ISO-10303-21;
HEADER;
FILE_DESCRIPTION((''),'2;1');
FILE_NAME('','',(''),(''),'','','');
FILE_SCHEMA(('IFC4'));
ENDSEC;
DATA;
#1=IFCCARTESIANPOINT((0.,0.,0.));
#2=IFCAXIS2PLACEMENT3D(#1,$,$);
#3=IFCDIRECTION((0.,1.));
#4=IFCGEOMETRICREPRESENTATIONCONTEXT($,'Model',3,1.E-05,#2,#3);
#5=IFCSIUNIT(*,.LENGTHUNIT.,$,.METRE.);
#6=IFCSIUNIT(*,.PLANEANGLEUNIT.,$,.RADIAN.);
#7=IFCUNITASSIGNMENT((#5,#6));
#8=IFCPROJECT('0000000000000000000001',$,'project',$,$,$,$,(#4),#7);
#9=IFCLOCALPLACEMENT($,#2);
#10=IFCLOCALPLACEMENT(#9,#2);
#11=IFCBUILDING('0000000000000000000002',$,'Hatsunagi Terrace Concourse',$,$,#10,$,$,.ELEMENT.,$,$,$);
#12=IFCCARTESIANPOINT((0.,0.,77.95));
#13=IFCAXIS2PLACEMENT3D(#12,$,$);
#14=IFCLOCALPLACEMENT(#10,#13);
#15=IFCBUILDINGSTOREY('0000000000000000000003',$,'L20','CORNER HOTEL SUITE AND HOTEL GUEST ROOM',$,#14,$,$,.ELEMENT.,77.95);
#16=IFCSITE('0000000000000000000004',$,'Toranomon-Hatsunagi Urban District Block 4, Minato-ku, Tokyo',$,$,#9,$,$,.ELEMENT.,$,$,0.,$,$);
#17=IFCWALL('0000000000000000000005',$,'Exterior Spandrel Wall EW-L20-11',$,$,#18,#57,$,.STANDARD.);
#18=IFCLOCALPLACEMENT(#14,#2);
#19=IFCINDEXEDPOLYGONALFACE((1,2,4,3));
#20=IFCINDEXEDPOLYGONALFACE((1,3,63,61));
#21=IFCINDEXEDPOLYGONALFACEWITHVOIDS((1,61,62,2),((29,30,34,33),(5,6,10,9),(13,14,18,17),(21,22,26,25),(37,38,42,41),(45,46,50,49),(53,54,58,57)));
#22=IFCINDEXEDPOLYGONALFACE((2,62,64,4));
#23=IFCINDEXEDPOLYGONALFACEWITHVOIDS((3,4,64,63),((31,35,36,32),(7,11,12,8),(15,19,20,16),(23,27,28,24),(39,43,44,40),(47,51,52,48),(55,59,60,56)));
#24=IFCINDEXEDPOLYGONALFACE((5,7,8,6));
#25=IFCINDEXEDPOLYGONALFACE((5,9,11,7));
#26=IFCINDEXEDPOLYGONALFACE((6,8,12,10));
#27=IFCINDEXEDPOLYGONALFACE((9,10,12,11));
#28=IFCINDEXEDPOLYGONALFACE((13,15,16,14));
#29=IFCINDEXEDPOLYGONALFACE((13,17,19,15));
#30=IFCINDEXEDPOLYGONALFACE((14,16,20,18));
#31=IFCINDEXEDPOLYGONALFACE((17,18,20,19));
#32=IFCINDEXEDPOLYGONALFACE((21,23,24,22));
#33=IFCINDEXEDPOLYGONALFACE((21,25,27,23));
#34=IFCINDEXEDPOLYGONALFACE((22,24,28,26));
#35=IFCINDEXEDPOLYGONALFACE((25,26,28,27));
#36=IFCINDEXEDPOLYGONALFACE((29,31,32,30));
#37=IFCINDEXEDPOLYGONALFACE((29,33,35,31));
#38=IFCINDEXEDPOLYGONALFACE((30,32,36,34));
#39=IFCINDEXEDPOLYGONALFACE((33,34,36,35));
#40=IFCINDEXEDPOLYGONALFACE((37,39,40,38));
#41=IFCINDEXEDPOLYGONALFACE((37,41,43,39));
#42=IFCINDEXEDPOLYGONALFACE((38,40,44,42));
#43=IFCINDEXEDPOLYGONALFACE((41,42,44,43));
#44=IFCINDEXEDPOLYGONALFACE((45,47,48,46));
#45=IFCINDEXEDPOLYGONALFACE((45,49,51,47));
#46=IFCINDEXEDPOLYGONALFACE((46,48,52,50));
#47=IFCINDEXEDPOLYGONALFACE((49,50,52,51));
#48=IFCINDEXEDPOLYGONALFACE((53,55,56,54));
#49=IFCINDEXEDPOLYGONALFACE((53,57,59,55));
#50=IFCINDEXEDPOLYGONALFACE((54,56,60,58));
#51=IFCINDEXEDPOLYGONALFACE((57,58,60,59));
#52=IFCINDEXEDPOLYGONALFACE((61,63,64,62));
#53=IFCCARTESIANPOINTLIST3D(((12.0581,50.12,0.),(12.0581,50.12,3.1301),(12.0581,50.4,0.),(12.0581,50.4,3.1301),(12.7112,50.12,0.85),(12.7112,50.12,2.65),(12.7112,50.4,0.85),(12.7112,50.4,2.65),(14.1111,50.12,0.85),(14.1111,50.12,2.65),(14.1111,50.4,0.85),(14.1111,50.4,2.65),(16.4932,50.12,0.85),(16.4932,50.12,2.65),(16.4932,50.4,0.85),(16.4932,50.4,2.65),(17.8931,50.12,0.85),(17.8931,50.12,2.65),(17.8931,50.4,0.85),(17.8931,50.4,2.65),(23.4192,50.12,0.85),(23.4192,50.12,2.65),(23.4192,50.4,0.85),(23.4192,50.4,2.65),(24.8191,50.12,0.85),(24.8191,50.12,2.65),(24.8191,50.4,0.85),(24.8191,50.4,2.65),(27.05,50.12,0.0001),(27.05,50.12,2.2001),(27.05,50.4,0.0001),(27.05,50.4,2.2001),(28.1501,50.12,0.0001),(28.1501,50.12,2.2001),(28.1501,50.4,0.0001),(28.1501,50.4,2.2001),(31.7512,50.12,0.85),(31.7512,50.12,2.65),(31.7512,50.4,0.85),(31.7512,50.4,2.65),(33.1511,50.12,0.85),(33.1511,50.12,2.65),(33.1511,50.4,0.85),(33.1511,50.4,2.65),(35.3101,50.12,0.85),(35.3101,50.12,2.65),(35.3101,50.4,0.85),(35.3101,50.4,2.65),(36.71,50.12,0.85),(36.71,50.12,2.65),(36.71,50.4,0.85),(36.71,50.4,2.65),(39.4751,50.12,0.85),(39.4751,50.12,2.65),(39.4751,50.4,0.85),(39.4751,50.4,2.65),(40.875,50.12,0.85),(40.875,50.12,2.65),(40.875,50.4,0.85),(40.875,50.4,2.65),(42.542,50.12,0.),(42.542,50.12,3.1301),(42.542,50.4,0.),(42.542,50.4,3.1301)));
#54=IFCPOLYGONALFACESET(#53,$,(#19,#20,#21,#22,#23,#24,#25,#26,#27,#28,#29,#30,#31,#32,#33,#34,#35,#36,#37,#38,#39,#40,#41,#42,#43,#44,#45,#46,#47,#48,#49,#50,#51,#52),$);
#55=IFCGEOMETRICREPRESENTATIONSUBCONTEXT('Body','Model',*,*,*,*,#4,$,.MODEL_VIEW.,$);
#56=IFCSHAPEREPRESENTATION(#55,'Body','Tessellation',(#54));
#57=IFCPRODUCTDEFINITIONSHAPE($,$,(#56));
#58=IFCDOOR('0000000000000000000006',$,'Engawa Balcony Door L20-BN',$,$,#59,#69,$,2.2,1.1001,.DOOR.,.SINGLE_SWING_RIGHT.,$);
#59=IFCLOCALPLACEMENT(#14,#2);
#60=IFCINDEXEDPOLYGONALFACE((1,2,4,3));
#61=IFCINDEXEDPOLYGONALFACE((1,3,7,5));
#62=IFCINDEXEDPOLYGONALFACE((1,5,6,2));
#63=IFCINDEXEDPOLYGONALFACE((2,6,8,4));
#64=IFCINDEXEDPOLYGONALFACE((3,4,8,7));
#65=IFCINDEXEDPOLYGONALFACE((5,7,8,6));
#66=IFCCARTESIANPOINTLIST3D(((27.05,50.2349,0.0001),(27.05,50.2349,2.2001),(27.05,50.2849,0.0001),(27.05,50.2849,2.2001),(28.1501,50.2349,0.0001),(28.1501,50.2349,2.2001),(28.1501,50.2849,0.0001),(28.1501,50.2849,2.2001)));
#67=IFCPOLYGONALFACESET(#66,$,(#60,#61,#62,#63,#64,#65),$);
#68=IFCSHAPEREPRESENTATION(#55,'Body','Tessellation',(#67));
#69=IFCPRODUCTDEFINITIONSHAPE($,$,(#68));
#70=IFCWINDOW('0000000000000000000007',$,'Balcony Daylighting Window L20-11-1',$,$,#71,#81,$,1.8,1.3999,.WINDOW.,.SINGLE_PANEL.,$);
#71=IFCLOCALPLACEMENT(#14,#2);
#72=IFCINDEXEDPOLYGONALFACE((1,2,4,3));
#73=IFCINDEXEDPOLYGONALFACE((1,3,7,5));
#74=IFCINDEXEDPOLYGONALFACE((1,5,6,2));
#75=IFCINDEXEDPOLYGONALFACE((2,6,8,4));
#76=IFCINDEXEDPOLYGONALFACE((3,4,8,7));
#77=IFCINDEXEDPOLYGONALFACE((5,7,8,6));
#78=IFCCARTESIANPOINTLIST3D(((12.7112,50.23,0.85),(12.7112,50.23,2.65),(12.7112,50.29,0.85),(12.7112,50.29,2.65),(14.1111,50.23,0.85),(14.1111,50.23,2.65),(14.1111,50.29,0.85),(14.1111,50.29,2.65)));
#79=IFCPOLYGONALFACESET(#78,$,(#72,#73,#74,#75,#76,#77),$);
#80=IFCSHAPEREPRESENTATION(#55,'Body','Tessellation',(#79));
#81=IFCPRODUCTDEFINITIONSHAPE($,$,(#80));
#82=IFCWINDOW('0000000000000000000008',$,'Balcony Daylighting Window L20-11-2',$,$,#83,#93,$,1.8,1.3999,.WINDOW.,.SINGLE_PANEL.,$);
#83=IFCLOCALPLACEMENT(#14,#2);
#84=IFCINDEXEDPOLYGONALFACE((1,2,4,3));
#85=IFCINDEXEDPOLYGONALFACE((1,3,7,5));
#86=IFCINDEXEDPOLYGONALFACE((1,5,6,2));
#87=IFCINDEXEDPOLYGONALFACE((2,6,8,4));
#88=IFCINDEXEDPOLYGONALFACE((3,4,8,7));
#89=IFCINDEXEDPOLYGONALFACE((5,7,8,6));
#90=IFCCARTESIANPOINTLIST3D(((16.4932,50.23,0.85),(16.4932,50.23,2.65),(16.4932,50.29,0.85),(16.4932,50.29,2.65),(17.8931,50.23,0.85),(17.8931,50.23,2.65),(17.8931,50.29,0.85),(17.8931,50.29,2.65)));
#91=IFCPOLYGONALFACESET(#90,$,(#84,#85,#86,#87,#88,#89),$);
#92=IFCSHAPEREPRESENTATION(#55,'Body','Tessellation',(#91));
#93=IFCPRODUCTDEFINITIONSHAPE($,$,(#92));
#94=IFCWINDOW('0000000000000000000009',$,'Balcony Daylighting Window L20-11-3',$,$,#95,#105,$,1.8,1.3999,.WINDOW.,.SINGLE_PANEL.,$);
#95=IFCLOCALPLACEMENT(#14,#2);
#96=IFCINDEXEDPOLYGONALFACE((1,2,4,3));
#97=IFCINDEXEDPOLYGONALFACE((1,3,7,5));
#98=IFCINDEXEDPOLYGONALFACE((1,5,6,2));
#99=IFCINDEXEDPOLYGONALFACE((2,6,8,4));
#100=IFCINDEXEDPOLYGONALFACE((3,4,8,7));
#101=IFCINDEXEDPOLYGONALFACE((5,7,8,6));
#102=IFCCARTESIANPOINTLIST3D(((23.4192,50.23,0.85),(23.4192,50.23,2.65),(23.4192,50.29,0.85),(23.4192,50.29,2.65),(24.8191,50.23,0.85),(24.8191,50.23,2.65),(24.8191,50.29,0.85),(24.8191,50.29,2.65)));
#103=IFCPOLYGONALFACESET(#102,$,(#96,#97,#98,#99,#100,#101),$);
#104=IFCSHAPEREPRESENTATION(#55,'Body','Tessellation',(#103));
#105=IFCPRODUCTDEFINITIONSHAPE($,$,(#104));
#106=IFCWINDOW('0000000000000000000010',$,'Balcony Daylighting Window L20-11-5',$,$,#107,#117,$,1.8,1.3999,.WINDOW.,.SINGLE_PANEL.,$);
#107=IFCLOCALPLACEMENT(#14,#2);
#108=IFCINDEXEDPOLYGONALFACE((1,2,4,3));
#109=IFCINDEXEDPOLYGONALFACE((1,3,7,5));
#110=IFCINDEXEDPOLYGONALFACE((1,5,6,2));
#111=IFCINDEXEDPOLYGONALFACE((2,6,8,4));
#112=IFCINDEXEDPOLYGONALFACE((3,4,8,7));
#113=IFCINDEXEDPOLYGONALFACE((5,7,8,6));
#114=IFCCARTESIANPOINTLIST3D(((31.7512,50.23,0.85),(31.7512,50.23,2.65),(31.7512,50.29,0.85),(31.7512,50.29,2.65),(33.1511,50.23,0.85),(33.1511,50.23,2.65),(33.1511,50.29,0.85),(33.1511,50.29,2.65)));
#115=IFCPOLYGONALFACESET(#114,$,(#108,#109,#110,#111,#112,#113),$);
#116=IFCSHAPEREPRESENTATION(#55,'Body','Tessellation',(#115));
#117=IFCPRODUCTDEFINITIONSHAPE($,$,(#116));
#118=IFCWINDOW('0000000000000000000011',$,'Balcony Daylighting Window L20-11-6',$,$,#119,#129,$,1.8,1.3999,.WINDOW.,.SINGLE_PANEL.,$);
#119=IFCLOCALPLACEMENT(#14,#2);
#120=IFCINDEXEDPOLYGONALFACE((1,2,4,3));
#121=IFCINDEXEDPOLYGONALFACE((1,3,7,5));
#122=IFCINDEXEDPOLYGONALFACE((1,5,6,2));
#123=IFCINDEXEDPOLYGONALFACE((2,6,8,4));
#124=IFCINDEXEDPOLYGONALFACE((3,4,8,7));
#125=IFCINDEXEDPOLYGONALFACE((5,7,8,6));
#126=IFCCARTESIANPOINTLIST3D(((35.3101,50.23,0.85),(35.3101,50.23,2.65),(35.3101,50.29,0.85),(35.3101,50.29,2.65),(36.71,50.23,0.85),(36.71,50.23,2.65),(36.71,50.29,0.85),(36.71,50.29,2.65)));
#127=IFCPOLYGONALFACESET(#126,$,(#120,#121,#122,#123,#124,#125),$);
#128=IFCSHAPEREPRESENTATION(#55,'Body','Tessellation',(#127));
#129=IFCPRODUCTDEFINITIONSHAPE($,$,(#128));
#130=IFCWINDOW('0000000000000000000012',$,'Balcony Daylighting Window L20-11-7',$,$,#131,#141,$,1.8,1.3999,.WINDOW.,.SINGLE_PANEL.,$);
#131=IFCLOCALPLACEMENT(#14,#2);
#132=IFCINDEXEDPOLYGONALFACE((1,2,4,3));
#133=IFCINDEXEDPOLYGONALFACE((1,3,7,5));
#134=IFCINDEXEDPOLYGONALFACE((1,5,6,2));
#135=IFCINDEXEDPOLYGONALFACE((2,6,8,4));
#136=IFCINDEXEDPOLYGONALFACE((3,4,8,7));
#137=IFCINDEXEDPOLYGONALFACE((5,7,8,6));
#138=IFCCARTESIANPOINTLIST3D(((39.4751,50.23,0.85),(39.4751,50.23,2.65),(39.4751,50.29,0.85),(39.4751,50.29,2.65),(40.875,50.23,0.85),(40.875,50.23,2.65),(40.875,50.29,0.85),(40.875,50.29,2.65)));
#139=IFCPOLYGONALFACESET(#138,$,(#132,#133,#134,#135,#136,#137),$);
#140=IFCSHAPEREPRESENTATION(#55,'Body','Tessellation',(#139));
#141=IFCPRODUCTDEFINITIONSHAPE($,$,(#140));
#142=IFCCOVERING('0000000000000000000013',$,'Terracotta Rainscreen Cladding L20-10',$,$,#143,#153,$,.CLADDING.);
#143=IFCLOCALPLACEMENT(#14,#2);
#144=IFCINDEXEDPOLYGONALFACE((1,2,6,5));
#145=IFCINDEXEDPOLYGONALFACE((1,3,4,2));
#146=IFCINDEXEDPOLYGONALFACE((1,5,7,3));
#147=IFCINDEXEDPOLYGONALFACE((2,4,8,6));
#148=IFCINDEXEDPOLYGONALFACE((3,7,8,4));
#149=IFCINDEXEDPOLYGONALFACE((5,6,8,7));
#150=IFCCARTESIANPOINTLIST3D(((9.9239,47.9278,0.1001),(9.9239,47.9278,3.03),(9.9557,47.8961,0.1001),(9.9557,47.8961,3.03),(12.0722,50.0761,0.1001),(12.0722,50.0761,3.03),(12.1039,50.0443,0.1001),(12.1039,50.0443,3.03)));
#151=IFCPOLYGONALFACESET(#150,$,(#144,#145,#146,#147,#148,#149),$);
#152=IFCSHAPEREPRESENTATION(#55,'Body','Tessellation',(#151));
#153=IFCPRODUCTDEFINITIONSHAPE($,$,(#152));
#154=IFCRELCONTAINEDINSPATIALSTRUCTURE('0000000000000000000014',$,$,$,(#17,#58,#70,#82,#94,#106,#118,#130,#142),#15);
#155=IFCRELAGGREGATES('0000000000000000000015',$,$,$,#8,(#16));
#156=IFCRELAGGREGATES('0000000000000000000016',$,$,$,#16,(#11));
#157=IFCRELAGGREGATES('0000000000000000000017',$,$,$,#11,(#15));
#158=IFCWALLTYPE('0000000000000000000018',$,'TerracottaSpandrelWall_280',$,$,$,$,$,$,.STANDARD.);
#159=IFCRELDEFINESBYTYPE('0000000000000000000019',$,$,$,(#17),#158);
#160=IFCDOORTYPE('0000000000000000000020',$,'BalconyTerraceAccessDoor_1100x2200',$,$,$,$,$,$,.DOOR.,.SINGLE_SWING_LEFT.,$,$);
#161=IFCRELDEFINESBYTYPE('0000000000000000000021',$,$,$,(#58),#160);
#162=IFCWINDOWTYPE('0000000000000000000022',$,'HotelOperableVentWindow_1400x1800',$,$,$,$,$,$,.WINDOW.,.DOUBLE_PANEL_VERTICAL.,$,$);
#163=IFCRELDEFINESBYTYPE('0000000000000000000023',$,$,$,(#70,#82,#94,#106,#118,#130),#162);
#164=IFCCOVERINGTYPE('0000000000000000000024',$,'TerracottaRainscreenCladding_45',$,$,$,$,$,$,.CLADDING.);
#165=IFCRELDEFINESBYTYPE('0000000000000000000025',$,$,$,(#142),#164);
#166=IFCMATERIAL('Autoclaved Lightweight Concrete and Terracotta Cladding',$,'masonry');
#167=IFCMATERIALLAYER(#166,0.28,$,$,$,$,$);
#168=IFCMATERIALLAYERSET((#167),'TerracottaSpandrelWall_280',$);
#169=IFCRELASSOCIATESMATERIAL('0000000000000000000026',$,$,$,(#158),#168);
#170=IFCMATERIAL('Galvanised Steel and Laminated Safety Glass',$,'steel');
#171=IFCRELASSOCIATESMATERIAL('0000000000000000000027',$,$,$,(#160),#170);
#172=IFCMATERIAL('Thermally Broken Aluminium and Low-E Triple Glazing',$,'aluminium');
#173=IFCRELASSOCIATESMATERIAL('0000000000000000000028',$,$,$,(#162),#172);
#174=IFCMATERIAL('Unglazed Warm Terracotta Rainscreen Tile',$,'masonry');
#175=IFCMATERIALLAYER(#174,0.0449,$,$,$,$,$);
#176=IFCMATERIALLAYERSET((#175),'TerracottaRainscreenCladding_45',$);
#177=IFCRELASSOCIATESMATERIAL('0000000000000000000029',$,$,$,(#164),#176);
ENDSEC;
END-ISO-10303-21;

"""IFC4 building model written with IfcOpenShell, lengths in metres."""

from ifc_helpers import new_model, si_unit, direction, frame, frame_2d, origin, origin_2d, place, context, subcontext, project, spatial, rectangle, extrude, material, layer, layer_set, type_object, element, fill, save


model = new_model("IFC4")

# Units and contexts
model_context = context("Model", 3, precision=1e-05, world=origin(), true_north=direction((0.0, 1.0)))
body_context = subcontext(model_context, "Body", "Model", "MODEL_VIEW")
ifc_project = project(units=[si_unit("LENGTHUNIT", "METRE"), si_unit("PLANEANGLEUNIT", "RADIAN")], contexts=[model_context])

# Site, building, storey
site_placement = place(None, origin())
site = spatial("IfcSite", under=ifc_project, at=site_placement, Name="Toranomon-Hatsunagi Urban District Block 4, Minato-ku, Tokyo", CompositionType="ELEMENT", RefElevation=0.0)
building_placement = place(site_placement, origin())
building = spatial("IfcBuilding", under=site, at=building_placement, Name="Hatsunagi Terrace Concourse", CompositionType="ELEMENT")
storey_placement = place(building_placement, frame((0.0, 0.0, 77.95)))
storey = spatial("IfcBuildingStorey", under=building, at=storey_placement, Name="L20", Description="CORNER HOTEL SUITE AND HOTEL GUEST ROOM", CompositionType="ELEMENT", Elevation=77.95)

# Shared definitions
ifc_material_1 = material(Name="Autoclaved Lightweight Concrete and Terracotta Cladding", Category="masonry")
ifc_layer_1 = layer(ifc_material_1, 0.28)
ifc_layer_set_1 = layer_set([ifc_layer_1], Name="TerracottaSpandrelWall_280")
wall_type_1 = type_object("IfcWallType", Name="TerracottaSpandrelWall_280", PredefinedType="STANDARD", material=ifc_layer_set_1)

# Wall, openings, door, windows
wall_1_placement = place(storey_placement, frame((12.0581, 50.26, 0.0), z_axis=(0.0, 0.0, 1.0), x_axis=(1.0, 0.0, 0.0)))
wall_1 = element("IfcWall", 1, at=wall_1_placement, inside=storey, type_object=wall_type_1, Name="Exterior Spandrel Wall EW-L20-11", PredefinedType="STANDARD", context=body_context, shape_type="SweptSolid", body=[
    extrude(rectangle(XDim=30.4839, YDim=0.28, at=frame_2d((15.2419, 0.0))), origin(), (0.0, 0.0, 1.0), 3.1301),
])
opening_1_placement = place(wall_1_placement, frame((14.9919, 0.0, 0.0)))
opening_1 = element("IfcOpeningElement", 2, at=opening_1_placement, cuts=wall_1, PredefinedType="OPENING", context=body_context, shape_type="SweptSolid", body=[
    extrude(rectangle(XDim=1.1001, YDim=2.2, at=frame_2d((0.55, 1.1001))), frame((0.0, 0.1499, 0.0), z_axis=(0.0, -1.0, 0.0), x_axis=(1.0, 0.0, 0.0)), (0.0, 0.0, 1.0), 0.3),
])
opening_2_placement = place(wall_1_placement, frame((0.6531, 0.0, 0.8501)))
opening_2 = element("IfcOpeningElement", 3, at=opening_2_placement, cuts=wall_1, PredefinedType="OPENING", context=body_context, shape_type="SweptSolid", body=[
    extrude(rectangle(XDim=1.3999, YDim=1.8, at=frame_2d((0.7, 0.8999))), frame((0.0, 0.1499, 0.0), z_axis=(0.0, -1.0, 0.0), x_axis=(1.0, 0.0, 0.0)), (0.0, 0.0, 1.0), 0.3),
])
opening_3_placement = place(wall_1_placement, frame((4.4351, 0.0, 0.8501)))
opening_3 = element("IfcOpeningElement", 4, at=opening_3_placement, cuts=wall_1, PredefinedType="OPENING", context=body_context, shape_type="SweptSolid", body=[
    extrude(rectangle(XDim=1.3999, YDim=1.8, at=frame_2d((0.7, 0.8999))), frame((0.0, 0.1499, 0.0), z_axis=(0.0, -1.0, 0.0), x_axis=(1.0, 0.0, 0.0)), (0.0, 0.0, 1.0), 0.3),
])
opening_4_placement = place(wall_1_placement, frame((11.3611, 0.0, 0.8501)))
opening_4 = element("IfcOpeningElement", 5, at=opening_4_placement, cuts=wall_1, PredefinedType="OPENING", context=body_context, shape_type="SweptSolid", body=[
    extrude(rectangle(XDim=1.3999, YDim=1.8, at=frame_2d((0.7, 0.8999))), frame((0.0, 0.1499, 0.0), z_axis=(0.0, -1.0, 0.0), x_axis=(1.0, 0.0, 0.0)), (0.0, 0.0, 1.0), 0.3),
])
opening_5_placement = place(wall_1_placement, frame((19.6931, 0.0, 0.8501)))
opening_5 = element("IfcOpeningElement", 6, at=opening_5_placement, cuts=wall_1, PredefinedType="OPENING", context=body_context, shape_type="SweptSolid", body=[
    extrude(rectangle(XDim=1.3999, YDim=1.8, at=frame_2d((0.7, 0.8999))), frame((0.0, 0.1499, 0.0), z_axis=(0.0, -1.0, 0.0), x_axis=(1.0, 0.0, 0.0)), (0.0, 0.0, 1.0), 0.3),
])
opening_6_placement = place(wall_1_placement, frame((23.252, 0.0, 0.8501)))
opening_6 = element("IfcOpeningElement", 7, at=opening_6_placement, cuts=wall_1, PredefinedType="OPENING", context=body_context, shape_type="SweptSolid", body=[
    extrude(rectangle(XDim=1.3999, YDim=1.8, at=frame_2d((0.7, 0.8999))), frame((0.0, 0.1499, 0.0), z_axis=(0.0, -1.0, 0.0), x_axis=(1.0, 0.0, 0.0)), (0.0, 0.0, 1.0), 0.3),
])
opening_7_placement = place(wall_1_placement, frame((27.417, 0.0, 0.8501)))
opening_7 = element("IfcOpeningElement", 8, at=opening_7_placement, cuts=wall_1, PredefinedType="OPENING", context=body_context, shape_type="SweptSolid", body=[
    extrude(rectangle(XDim=1.3999, YDim=1.8, at=frame_2d((0.7, 0.8999))), frame((0.0, 0.1499, 0.0), z_axis=(0.0, -1.0, 0.0), x_axis=(1.0, 0.0, 0.0)), (0.0, 0.0, 1.0), 0.3),
])
ifc_material_2 = material(Name="Galvanised Steel and Laminated Safety Glass", Category="steel")
door_type = type_object("IfcDoorType", Name="BalconyTerraceAccessDoor_1100x2200", OperationType="SINGLE_SWING_LEFT", PredefinedType="DOOR", material=ifc_material_2)
door_placement = place(opening_1_placement, origin())
door = element("IfcDoor", 9, at=door_placement, inside=storey, type_object=door_type, Name="Engawa Balcony Door L20-BN", OperationType="SINGLE_SWING_RIGHT", OverallHeight=2.2, OverallWidth=1.1001, PredefinedType="DOOR", context=body_context, shape_type="SweptSolid", body=[
    extrude(rectangle(XDim=1.1001, YDim=2.2, at=frame_2d((0.55, 1.1001))), frame((0.0, 0.0249, 0.0), z_axis=(0.0, -1.0, 0.0), x_axis=(1.0, 0.0, 0.0)), (0.0, 0.0, 1.0), 0.05),
])
fill(opening_1, door)
ifc_material_3 = material(Name="Thermally Broken Aluminium and Low-E Triple Glazing", Category="aluminium")
window_type = type_object("IfcWindowType", Name="HotelOperableVentWindow_1400x1800", PartitioningType="DOUBLE_PANEL_VERTICAL", PredefinedType="WINDOW", material=ifc_material_3)
window_1_placement = place(opening_2_placement, origin())
window_1 = element("IfcWindow", 10, at=window_1_placement, inside=storey, type_object=window_type, Name="Balcony Daylighting Window L20-11-1", OverallHeight=1.8, OverallWidth=1.3999, PartitioningType="SINGLE_PANEL", PredefinedType="WINDOW", context=body_context, shape_type="SweptSolid", body=[
    extrude(rectangle(XDim=1.3999, YDim=1.8, at=frame_2d((0.7, 0.8999))), frame((0.0, 0.03, 0.0), z_axis=(0.0, -1.0, 0.0), x_axis=(1.0, 0.0, 0.0)), (0.0, 0.0, 1.0), 0.0601),
])
fill(opening_2, window_1)
window_2_placement = place(opening_3_placement, origin())
window_2 = element("IfcWindow", 11, at=window_2_placement, inside=storey, type_object=window_type, Name="Balcony Daylighting Window L20-11-2", OverallHeight=1.8, OverallWidth=1.3999, PartitioningType="SINGLE_PANEL", PredefinedType="WINDOW", context=body_context, shape_type="SweptSolid", body=[
    extrude(rectangle(XDim=1.3999, YDim=1.8, at=frame_2d((0.7, 0.8999))), frame((0.0, 0.03, 0.0), z_axis=(0.0, -1.0, 0.0), x_axis=(1.0, 0.0, 0.0)), (0.0, 0.0, 1.0), 0.0601),
])
fill(opening_3, window_2)
window_3_placement = place(opening_4_placement, origin())
window_3 = element("IfcWindow", 12, at=window_3_placement, inside=storey, type_object=window_type, Name="Balcony Daylighting Window L20-11-3", OverallHeight=1.8, OverallWidth=1.3999, PartitioningType="SINGLE_PANEL", PredefinedType="WINDOW", context=body_context, shape_type="SweptSolid", body=[
    extrude(rectangle(XDim=1.3999, YDim=1.8, at=frame_2d((0.7, 0.8999))), frame((0.0, 0.03, 0.0), z_axis=(0.0, -1.0, 0.0), x_axis=(1.0, 0.0, 0.0)), (0.0, 0.0, 1.0), 0.0601),
])
fill(opening_4, window_3)
window_4_placement = place(opening_5_placement, origin())
window_4 = element("IfcWindow", 13, at=window_4_placement, inside=storey, type_object=window_type, Name="Balcony Daylighting Window L20-11-5", OverallHeight=1.8, OverallWidth=1.3999, PartitioningType="SINGLE_PANEL", PredefinedType="WINDOW", context=body_context, shape_type="SweptSolid", body=[
    extrude(rectangle(XDim=1.3999, YDim=1.8, at=frame_2d((0.7, 0.8999))), frame((0.0, 0.03, 0.0), z_axis=(0.0, -1.0, 0.0), x_axis=(1.0, 0.0, 0.0)), (0.0, 0.0, 1.0), 0.0601),
])
fill(opening_5, window_4)
window_5_placement = place(opening_6_placement, origin())
window_5 = element("IfcWindow", 14, at=window_5_placement, inside=storey, type_object=window_type, Name="Balcony Daylighting Window L20-11-6", OverallHeight=1.8, OverallWidth=1.3999, PartitioningType="SINGLE_PANEL", PredefinedType="WINDOW", context=body_context, shape_type="SweptSolid", body=[
    extrude(rectangle(XDim=1.3999, YDim=1.8, at=frame_2d((0.7, 0.8999))), frame((0.0, 0.03, 0.0), z_axis=(0.0, -1.0, 0.0), x_axis=(1.0, 0.0, 0.0)), (0.0, 0.0, 1.0), 0.0601),
])
fill(opening_6, window_5)
window_6_placement = place(opening_7_placement, origin())
window_6 = element("IfcWindow", 15, at=window_6_placement, inside=storey, type_object=window_type, Name="Balcony Daylighting Window L20-11-7", OverallHeight=1.8, OverallWidth=1.3999, PartitioningType="SINGLE_PANEL", PredefinedType="WINDOW", context=body_context, shape_type="SweptSolid", body=[
    extrude(rectangle(XDim=1.3999, YDim=1.8, at=frame_2d((0.7, 0.8999))), frame((0.0, 0.03, 0.0), z_axis=(0.0, -1.0, 0.0), x_axis=(1.0, 0.0, 0.0)), (0.0, 0.0, 1.0), 0.0601),
])
fill(opening_7, window_6)

# Covering
ifc_material_4 = material(Name="Unglazed Warm Terracotta Rainscreen Tile", Category="masonry")
ifc_layer_2 = layer(ifc_material_4, 0.0449)
ifc_layer_set_2 = layer_set([ifc_layer_2], Name="TerracottaRainscreenCladding_45")
covering_type = type_object("IfcCoveringType", Name="TerracottaRainscreenCladding_45", PredefinedType="CLADDING", material=ifc_layer_set_2)
covering_placement = place(storey_placement, frame((11.0139, 48.9861, 0.1001), z_axis=(0.0, 0.0, 1.0), x_axis=(0.707107, 0.707107, 0.0)))
element("IfcCovering", 16, at=covering_placement, inside=storey, type_object=covering_type, Name="Terracotta Rainscreen Cladding L20-10", PredefinedType="CLADDING", context=body_context, shape_type="SweptSolid", body=[
    extrude(rectangle(XDim=3.0381, YDim=0.0449, at=origin_2d()), origin(), (0.0, 0.0, 1.0), 2.9299),
])

save(model, "model.ifc")
